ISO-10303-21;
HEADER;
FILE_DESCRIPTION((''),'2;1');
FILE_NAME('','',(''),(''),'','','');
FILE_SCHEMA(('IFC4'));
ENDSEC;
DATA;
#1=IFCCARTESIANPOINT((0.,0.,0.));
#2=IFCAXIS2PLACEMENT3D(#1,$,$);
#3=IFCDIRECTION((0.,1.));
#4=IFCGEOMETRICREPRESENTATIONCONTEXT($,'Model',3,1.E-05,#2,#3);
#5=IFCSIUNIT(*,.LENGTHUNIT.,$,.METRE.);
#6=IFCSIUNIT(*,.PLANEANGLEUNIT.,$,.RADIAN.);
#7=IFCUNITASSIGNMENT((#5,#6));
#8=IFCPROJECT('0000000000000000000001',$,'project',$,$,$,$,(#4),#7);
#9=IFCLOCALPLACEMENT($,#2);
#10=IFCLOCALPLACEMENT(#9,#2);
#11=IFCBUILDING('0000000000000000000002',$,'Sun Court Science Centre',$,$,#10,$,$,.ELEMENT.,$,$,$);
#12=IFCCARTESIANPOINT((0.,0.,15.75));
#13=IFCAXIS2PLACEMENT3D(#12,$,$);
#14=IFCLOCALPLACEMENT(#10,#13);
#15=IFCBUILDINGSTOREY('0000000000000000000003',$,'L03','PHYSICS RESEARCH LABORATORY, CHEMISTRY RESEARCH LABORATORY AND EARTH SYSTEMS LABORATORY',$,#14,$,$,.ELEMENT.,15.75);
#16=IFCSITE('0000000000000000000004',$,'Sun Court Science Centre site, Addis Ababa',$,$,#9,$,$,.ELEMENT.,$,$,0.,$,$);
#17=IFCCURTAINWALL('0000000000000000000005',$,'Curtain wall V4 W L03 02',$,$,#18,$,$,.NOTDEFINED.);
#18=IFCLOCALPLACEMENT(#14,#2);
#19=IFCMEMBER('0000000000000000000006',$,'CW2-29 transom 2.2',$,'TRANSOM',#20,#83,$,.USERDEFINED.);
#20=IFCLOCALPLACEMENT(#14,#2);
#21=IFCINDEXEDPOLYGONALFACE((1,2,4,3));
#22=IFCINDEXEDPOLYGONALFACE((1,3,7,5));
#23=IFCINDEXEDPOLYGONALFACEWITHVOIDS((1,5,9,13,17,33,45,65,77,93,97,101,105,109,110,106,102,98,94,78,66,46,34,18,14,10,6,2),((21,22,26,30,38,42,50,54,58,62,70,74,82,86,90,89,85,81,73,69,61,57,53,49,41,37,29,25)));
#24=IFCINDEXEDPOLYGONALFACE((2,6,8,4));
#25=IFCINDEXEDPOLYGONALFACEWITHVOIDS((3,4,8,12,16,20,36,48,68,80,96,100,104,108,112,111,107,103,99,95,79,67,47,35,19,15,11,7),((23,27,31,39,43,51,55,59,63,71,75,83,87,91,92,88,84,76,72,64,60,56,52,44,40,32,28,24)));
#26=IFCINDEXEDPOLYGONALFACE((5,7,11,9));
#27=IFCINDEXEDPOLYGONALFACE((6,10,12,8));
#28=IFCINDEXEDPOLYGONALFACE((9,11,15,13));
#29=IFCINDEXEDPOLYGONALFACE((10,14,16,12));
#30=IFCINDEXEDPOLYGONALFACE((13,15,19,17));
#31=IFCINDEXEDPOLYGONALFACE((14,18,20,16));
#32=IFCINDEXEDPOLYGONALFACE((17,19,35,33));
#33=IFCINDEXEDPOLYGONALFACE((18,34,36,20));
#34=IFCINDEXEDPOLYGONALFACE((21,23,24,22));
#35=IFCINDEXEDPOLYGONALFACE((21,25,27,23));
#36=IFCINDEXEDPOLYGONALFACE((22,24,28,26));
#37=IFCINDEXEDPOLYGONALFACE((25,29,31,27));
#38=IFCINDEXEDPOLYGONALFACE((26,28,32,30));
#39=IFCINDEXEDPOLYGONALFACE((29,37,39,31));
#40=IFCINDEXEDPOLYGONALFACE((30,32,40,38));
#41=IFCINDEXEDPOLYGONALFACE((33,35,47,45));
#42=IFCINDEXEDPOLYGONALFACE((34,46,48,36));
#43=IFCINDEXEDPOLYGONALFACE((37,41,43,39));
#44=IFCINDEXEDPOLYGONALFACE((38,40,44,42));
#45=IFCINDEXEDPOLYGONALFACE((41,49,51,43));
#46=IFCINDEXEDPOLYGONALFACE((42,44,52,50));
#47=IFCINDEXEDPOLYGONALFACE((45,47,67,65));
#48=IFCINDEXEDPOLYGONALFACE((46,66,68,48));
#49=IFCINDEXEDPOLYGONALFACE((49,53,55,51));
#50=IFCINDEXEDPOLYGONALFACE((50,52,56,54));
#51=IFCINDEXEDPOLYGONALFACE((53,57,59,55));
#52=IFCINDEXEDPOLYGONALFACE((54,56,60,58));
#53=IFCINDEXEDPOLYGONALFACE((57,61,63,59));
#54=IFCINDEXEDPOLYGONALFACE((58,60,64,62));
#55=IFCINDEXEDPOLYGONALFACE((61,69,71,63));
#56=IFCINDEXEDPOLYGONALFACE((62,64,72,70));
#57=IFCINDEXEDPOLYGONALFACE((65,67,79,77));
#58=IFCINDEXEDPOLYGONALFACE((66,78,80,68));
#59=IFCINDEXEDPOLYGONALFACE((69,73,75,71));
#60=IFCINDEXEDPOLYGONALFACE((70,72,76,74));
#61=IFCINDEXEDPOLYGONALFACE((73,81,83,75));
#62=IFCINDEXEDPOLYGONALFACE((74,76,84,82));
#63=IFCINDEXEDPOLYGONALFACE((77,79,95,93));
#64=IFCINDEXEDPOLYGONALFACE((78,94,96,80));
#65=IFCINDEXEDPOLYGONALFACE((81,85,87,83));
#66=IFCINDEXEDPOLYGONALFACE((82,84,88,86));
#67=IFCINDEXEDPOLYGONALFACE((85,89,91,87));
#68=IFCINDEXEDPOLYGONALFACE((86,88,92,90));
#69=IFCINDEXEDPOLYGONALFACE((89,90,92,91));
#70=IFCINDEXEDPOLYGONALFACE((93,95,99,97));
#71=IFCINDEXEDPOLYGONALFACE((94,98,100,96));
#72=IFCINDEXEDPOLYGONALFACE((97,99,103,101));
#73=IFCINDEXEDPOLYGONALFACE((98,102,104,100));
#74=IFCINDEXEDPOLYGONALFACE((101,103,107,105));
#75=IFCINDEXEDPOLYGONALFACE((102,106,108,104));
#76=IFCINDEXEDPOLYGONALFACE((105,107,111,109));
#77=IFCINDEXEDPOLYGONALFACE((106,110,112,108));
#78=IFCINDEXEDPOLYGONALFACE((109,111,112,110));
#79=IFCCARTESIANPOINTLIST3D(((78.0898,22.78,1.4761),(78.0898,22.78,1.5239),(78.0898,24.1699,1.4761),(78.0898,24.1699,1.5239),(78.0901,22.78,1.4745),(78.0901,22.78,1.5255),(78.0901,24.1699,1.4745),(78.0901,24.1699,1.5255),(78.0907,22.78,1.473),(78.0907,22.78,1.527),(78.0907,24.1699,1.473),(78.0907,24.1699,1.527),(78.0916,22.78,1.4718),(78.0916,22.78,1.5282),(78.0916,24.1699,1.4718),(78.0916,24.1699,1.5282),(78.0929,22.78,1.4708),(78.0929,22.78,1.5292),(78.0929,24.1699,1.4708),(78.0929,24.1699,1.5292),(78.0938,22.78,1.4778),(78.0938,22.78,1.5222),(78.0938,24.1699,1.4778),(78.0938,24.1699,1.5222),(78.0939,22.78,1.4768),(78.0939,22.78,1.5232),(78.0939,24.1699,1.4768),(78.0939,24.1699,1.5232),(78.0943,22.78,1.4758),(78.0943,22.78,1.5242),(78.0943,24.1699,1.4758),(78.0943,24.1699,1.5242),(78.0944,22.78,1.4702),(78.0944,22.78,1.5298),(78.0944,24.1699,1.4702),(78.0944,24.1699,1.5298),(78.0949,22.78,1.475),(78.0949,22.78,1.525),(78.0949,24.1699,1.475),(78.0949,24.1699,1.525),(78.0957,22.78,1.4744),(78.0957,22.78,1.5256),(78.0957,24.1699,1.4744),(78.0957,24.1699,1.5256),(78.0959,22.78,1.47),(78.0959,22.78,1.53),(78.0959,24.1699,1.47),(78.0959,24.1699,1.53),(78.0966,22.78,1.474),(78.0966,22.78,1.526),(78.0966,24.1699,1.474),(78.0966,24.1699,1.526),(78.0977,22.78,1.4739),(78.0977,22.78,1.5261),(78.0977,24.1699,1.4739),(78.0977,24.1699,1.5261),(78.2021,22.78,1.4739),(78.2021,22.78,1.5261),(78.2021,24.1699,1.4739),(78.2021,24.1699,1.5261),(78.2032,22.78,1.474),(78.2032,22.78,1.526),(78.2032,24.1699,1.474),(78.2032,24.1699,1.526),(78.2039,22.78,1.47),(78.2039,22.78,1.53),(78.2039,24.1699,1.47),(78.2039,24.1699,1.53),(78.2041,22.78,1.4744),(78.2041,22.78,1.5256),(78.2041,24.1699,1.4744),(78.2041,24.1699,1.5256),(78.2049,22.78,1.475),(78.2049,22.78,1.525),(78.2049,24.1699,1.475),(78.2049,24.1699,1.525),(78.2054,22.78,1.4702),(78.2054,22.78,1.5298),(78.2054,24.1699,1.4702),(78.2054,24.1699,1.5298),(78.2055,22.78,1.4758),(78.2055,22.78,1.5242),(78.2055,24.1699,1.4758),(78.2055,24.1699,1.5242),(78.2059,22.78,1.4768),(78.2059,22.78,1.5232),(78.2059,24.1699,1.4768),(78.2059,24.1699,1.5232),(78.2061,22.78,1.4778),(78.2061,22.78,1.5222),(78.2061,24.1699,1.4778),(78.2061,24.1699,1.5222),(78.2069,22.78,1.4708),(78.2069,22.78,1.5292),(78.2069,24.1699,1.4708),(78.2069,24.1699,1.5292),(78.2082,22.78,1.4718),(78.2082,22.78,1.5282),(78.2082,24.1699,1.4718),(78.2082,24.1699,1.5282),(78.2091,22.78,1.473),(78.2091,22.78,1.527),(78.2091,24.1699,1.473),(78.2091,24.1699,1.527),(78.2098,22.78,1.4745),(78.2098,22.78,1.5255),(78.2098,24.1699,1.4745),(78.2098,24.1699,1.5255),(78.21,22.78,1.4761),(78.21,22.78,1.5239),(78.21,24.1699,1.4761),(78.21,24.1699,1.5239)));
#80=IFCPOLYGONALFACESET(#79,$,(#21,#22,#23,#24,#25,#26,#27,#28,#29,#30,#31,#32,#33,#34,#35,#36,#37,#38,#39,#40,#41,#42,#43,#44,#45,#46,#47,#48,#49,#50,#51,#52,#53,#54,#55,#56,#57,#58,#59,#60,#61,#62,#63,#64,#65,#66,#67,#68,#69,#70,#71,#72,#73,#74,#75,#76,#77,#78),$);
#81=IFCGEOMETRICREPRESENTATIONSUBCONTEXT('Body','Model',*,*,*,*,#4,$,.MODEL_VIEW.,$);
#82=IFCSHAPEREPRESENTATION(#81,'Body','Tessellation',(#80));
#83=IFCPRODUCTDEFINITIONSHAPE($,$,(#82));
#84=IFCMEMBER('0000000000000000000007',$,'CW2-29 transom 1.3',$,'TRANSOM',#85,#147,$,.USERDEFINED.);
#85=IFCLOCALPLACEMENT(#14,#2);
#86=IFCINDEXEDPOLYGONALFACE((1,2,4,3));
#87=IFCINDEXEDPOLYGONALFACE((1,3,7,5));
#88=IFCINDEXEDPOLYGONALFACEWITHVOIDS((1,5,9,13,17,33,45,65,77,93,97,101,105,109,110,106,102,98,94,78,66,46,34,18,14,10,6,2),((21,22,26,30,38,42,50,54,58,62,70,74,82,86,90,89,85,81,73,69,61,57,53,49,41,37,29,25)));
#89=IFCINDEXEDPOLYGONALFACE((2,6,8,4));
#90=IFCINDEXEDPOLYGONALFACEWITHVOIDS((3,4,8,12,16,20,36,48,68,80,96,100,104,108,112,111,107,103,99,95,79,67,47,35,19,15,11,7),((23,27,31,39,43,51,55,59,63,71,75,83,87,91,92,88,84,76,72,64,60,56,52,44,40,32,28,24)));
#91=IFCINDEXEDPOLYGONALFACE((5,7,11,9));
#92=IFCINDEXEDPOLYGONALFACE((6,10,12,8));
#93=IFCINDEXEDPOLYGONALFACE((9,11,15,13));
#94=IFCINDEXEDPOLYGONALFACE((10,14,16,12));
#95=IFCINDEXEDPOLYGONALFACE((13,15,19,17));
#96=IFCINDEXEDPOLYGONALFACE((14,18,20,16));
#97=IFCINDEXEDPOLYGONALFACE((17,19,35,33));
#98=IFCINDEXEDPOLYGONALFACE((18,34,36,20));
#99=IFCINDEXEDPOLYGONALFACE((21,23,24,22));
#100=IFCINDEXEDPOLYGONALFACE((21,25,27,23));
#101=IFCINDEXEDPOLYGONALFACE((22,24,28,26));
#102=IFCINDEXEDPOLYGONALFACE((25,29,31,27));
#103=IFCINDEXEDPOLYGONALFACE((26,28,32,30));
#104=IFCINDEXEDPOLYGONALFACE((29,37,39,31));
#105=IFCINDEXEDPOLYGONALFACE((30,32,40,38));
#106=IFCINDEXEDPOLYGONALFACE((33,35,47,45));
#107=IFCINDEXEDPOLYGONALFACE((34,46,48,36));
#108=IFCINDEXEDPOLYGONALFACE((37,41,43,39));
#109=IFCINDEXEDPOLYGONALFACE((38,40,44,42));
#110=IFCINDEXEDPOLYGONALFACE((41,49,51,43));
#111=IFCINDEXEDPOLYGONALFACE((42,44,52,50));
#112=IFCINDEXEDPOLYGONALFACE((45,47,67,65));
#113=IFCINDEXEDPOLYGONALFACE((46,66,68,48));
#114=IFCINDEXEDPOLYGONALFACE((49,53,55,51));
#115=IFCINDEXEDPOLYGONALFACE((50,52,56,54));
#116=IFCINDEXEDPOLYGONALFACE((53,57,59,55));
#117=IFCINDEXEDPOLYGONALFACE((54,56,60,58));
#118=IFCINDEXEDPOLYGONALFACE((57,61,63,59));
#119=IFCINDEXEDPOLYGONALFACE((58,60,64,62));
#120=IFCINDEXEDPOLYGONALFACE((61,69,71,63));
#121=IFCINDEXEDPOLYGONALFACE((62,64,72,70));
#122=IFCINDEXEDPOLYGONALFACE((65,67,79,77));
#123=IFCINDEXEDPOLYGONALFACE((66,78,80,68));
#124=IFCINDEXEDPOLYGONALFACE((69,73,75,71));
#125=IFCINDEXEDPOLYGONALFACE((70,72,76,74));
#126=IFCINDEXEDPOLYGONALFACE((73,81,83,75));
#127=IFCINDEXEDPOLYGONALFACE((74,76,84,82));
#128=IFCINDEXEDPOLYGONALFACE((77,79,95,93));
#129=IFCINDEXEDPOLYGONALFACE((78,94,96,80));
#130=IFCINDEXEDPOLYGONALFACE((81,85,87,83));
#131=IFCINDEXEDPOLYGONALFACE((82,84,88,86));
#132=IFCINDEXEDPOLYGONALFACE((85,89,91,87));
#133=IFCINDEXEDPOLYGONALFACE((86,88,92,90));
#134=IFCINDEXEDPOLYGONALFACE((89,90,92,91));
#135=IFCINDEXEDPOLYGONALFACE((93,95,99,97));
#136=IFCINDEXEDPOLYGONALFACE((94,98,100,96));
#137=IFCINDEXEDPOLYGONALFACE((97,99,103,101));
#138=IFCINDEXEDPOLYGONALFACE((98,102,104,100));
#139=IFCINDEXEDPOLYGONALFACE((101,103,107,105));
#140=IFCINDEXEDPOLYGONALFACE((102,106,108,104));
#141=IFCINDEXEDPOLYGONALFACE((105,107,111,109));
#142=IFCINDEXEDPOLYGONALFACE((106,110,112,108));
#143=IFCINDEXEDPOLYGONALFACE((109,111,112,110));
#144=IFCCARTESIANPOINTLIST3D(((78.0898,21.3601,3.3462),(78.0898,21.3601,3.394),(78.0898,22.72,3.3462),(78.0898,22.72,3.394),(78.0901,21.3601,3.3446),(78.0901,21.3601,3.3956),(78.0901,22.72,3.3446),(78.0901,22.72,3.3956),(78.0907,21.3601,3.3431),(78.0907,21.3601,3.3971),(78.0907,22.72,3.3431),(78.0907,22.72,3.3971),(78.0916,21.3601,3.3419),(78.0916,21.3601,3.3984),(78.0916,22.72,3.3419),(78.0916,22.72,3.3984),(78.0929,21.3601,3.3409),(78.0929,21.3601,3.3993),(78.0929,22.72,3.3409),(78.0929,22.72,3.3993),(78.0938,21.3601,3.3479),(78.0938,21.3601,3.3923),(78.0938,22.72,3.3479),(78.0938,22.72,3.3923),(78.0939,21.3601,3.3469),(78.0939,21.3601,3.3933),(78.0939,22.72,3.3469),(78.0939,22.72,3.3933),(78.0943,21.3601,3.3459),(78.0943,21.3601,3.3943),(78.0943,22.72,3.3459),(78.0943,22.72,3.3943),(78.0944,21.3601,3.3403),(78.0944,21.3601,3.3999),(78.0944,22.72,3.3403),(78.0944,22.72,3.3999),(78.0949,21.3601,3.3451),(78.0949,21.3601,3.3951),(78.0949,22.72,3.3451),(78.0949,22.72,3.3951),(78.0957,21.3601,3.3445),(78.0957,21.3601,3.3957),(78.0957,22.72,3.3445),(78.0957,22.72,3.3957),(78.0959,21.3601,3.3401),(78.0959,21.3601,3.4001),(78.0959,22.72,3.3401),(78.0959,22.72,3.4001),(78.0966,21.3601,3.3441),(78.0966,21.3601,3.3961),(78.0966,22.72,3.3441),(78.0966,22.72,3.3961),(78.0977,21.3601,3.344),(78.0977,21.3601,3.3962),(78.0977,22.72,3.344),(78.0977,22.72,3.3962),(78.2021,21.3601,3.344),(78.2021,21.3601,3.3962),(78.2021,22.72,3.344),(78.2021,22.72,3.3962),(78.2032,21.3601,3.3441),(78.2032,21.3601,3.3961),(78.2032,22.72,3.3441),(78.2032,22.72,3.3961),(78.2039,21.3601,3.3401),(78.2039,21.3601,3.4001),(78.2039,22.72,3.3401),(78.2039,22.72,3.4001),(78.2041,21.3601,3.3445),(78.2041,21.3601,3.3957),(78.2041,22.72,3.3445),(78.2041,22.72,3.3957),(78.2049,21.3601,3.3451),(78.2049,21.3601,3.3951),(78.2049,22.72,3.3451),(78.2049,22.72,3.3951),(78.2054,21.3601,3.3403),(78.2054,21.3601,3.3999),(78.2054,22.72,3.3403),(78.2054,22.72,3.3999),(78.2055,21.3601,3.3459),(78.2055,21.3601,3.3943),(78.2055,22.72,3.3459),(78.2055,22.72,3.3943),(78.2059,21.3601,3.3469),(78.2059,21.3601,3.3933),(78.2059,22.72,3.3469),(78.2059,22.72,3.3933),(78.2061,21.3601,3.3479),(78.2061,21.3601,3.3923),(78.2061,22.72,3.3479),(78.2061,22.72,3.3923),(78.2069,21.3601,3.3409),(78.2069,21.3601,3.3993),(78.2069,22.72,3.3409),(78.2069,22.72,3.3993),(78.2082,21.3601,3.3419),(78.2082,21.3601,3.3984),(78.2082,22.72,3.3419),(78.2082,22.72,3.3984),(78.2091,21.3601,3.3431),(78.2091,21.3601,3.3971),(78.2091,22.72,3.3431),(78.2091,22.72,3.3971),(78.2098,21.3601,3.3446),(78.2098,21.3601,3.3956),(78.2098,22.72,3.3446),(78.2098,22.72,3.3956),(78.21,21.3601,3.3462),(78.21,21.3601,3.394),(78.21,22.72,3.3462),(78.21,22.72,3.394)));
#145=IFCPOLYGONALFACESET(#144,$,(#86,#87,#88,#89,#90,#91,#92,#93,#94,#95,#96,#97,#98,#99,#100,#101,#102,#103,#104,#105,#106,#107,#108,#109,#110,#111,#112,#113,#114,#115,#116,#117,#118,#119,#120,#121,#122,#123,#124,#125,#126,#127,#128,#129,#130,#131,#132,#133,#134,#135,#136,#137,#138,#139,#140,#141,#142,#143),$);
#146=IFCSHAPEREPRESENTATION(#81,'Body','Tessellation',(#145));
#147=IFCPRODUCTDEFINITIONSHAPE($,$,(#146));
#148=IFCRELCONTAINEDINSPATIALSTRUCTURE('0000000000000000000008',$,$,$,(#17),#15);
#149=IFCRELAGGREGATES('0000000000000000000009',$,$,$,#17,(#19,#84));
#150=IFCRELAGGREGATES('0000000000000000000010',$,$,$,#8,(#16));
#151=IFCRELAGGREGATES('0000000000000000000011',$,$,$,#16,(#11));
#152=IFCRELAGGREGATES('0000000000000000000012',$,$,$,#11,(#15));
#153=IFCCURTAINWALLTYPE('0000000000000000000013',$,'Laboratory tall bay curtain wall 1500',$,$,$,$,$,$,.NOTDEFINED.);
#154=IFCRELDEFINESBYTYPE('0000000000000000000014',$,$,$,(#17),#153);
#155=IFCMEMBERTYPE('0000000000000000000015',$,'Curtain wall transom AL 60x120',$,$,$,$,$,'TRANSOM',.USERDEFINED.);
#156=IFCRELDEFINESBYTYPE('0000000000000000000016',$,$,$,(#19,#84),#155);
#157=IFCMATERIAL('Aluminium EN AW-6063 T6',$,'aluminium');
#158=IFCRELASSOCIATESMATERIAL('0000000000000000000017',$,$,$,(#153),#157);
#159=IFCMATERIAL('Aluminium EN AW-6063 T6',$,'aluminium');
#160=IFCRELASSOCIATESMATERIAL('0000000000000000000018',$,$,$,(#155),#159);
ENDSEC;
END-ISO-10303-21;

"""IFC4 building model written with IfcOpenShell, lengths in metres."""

from ifc_helpers import new_model, si_unit, direction, frame, origin, origin_2d, place, context, subcontext, project, spatial, hollow_rectangle, extrude, material, material_profile, profile_set, type_object, element, aggregate, save


model = new_model("IFC4")

# Units and contexts
model_context = context("Model", 3, precision=1e-05, world=origin(), true_north=direction((0.0, 1.0)))
body_context = subcontext(model_context, "Body", "Model", "MODEL_VIEW")
ifc_project = project(units=[si_unit("LENGTHUNIT", "METRE"), si_unit("PLANEANGLEUNIT", "RADIAN")], contexts=[model_context])

# Site, building, storey
site_placement = place(None, origin())
site = spatial("IfcSite", under=ifc_project, at=site_placement, Name="Sun Court Science Centre site, Addis Ababa", CompositionType="ELEMENT", RefElevation=0.0)
building_placement = place(site_placement, origin())
building = spatial("IfcBuilding", under=site, at=building_placement, Name="Sun Court Science Centre", CompositionType="ELEMENT")
storey_placement = place(building_placement, frame((0.0, 0.0, 15.75)))
storey = spatial("IfcBuildingStorey", under=building, at=storey_placement, Name="L03", Description="PHYSICS RESEARCH LABORATORY, CHEMISTRY RESEARCH LABORATORY AND EARTH SYSTEMS LABORATORY", CompositionType="ELEMENT", Elevation=15.75)

# Shared definitions
ifc_material_1 = material(Name="Aluminium EN AW-6063 T6", Category="aluminium")
curtain_wall_type = type_object("IfcCurtainWallType", Name="Laboratory tall bay curtain wall 1500", PredefinedType="NOTDEFINED", material=ifc_material_1)

# Curtain wall
curtain_wall_1_placement = place(storey_placement, origin())
curtain_wall_1 = element("IfcCurtainWall", 1, at=curtain_wall_1_placement, inside=storey, type_object=curtain_wall_type, Name="Curtain wall V4 W L03 02", PredefinedType="NOTDEFINED")

# Members
ifc_material_2 = material(Name="Aluminium EN AW-6063 T6", Category="aluminium")
ifc_material_profile_1 = material_profile(ifc_material_2, hollow_rectangle(XDim=0.0601, YDim=0.1201, WallThickness=0.0039, InnerFilletRadius=0.0039, OuterFilletRadius=0.0061, at=origin_2d()), Name="AL 60x120x4")
ifc_profile_set_1 = profile_set([ifc_material_profile_1], Name="Aluminium EN AW-6063 T6")
member_type_1 = type_object("IfcMemberType", Name="Curtain wall transom AL 60x120", ElementType="TRANSOM", PredefinedType="USERDEFINED", material=ifc_profile_set_1)
member_1_placement = place(storey_placement, frame((78.1499, 22.78, 1.5), z_axis=(0.0, 1.0, 0.0), x_axis=(0.0, 0.0, 1.0)))
member_1 = element("IfcMember", 2, at=member_1_placement, type_object=member_type_1, Name="CW2-29 transom 2.2", ObjectType="TRANSOM", PredefinedType="USERDEFINED", context=body_context, shape_type="SweptSolid", body=[
    extrude(hollow_rectangle(XDim=0.0601, YDim=0.1201, WallThickness=0.0039, InnerFilletRadius=0.0039, OuterFilletRadius=0.0061, at=origin_2d()), origin(), (0.0, 0.0, 1.0), 1.3899),
])
member_2_placement = place(storey_placement, frame((78.1499, 21.3601, 3.3701), z_axis=(0.0, 1.0, 0.0), x_axis=(0.0, 0.0, 1.0)))
member_2 = element("IfcMember", 3, at=member_2_placement, type_object=member_type_1, Name="CW2-29 transom 1.3", ObjectType="TRANSOM", PredefinedType="USERDEFINED", context=body_context, shape_type="SweptSolid", body=[
    extrude(hollow_rectangle(XDim=0.0601, YDim=0.1201, WallThickness=0.0039, InnerFilletRadius=0.0039, OuterFilletRadius=0.0061, at=origin_2d()), origin(), (0.0, 0.0, 1.0), 1.3599),
])

aggregate(curtain_wall_1, [member_1, member_2])

save(model, "model.ifc")
